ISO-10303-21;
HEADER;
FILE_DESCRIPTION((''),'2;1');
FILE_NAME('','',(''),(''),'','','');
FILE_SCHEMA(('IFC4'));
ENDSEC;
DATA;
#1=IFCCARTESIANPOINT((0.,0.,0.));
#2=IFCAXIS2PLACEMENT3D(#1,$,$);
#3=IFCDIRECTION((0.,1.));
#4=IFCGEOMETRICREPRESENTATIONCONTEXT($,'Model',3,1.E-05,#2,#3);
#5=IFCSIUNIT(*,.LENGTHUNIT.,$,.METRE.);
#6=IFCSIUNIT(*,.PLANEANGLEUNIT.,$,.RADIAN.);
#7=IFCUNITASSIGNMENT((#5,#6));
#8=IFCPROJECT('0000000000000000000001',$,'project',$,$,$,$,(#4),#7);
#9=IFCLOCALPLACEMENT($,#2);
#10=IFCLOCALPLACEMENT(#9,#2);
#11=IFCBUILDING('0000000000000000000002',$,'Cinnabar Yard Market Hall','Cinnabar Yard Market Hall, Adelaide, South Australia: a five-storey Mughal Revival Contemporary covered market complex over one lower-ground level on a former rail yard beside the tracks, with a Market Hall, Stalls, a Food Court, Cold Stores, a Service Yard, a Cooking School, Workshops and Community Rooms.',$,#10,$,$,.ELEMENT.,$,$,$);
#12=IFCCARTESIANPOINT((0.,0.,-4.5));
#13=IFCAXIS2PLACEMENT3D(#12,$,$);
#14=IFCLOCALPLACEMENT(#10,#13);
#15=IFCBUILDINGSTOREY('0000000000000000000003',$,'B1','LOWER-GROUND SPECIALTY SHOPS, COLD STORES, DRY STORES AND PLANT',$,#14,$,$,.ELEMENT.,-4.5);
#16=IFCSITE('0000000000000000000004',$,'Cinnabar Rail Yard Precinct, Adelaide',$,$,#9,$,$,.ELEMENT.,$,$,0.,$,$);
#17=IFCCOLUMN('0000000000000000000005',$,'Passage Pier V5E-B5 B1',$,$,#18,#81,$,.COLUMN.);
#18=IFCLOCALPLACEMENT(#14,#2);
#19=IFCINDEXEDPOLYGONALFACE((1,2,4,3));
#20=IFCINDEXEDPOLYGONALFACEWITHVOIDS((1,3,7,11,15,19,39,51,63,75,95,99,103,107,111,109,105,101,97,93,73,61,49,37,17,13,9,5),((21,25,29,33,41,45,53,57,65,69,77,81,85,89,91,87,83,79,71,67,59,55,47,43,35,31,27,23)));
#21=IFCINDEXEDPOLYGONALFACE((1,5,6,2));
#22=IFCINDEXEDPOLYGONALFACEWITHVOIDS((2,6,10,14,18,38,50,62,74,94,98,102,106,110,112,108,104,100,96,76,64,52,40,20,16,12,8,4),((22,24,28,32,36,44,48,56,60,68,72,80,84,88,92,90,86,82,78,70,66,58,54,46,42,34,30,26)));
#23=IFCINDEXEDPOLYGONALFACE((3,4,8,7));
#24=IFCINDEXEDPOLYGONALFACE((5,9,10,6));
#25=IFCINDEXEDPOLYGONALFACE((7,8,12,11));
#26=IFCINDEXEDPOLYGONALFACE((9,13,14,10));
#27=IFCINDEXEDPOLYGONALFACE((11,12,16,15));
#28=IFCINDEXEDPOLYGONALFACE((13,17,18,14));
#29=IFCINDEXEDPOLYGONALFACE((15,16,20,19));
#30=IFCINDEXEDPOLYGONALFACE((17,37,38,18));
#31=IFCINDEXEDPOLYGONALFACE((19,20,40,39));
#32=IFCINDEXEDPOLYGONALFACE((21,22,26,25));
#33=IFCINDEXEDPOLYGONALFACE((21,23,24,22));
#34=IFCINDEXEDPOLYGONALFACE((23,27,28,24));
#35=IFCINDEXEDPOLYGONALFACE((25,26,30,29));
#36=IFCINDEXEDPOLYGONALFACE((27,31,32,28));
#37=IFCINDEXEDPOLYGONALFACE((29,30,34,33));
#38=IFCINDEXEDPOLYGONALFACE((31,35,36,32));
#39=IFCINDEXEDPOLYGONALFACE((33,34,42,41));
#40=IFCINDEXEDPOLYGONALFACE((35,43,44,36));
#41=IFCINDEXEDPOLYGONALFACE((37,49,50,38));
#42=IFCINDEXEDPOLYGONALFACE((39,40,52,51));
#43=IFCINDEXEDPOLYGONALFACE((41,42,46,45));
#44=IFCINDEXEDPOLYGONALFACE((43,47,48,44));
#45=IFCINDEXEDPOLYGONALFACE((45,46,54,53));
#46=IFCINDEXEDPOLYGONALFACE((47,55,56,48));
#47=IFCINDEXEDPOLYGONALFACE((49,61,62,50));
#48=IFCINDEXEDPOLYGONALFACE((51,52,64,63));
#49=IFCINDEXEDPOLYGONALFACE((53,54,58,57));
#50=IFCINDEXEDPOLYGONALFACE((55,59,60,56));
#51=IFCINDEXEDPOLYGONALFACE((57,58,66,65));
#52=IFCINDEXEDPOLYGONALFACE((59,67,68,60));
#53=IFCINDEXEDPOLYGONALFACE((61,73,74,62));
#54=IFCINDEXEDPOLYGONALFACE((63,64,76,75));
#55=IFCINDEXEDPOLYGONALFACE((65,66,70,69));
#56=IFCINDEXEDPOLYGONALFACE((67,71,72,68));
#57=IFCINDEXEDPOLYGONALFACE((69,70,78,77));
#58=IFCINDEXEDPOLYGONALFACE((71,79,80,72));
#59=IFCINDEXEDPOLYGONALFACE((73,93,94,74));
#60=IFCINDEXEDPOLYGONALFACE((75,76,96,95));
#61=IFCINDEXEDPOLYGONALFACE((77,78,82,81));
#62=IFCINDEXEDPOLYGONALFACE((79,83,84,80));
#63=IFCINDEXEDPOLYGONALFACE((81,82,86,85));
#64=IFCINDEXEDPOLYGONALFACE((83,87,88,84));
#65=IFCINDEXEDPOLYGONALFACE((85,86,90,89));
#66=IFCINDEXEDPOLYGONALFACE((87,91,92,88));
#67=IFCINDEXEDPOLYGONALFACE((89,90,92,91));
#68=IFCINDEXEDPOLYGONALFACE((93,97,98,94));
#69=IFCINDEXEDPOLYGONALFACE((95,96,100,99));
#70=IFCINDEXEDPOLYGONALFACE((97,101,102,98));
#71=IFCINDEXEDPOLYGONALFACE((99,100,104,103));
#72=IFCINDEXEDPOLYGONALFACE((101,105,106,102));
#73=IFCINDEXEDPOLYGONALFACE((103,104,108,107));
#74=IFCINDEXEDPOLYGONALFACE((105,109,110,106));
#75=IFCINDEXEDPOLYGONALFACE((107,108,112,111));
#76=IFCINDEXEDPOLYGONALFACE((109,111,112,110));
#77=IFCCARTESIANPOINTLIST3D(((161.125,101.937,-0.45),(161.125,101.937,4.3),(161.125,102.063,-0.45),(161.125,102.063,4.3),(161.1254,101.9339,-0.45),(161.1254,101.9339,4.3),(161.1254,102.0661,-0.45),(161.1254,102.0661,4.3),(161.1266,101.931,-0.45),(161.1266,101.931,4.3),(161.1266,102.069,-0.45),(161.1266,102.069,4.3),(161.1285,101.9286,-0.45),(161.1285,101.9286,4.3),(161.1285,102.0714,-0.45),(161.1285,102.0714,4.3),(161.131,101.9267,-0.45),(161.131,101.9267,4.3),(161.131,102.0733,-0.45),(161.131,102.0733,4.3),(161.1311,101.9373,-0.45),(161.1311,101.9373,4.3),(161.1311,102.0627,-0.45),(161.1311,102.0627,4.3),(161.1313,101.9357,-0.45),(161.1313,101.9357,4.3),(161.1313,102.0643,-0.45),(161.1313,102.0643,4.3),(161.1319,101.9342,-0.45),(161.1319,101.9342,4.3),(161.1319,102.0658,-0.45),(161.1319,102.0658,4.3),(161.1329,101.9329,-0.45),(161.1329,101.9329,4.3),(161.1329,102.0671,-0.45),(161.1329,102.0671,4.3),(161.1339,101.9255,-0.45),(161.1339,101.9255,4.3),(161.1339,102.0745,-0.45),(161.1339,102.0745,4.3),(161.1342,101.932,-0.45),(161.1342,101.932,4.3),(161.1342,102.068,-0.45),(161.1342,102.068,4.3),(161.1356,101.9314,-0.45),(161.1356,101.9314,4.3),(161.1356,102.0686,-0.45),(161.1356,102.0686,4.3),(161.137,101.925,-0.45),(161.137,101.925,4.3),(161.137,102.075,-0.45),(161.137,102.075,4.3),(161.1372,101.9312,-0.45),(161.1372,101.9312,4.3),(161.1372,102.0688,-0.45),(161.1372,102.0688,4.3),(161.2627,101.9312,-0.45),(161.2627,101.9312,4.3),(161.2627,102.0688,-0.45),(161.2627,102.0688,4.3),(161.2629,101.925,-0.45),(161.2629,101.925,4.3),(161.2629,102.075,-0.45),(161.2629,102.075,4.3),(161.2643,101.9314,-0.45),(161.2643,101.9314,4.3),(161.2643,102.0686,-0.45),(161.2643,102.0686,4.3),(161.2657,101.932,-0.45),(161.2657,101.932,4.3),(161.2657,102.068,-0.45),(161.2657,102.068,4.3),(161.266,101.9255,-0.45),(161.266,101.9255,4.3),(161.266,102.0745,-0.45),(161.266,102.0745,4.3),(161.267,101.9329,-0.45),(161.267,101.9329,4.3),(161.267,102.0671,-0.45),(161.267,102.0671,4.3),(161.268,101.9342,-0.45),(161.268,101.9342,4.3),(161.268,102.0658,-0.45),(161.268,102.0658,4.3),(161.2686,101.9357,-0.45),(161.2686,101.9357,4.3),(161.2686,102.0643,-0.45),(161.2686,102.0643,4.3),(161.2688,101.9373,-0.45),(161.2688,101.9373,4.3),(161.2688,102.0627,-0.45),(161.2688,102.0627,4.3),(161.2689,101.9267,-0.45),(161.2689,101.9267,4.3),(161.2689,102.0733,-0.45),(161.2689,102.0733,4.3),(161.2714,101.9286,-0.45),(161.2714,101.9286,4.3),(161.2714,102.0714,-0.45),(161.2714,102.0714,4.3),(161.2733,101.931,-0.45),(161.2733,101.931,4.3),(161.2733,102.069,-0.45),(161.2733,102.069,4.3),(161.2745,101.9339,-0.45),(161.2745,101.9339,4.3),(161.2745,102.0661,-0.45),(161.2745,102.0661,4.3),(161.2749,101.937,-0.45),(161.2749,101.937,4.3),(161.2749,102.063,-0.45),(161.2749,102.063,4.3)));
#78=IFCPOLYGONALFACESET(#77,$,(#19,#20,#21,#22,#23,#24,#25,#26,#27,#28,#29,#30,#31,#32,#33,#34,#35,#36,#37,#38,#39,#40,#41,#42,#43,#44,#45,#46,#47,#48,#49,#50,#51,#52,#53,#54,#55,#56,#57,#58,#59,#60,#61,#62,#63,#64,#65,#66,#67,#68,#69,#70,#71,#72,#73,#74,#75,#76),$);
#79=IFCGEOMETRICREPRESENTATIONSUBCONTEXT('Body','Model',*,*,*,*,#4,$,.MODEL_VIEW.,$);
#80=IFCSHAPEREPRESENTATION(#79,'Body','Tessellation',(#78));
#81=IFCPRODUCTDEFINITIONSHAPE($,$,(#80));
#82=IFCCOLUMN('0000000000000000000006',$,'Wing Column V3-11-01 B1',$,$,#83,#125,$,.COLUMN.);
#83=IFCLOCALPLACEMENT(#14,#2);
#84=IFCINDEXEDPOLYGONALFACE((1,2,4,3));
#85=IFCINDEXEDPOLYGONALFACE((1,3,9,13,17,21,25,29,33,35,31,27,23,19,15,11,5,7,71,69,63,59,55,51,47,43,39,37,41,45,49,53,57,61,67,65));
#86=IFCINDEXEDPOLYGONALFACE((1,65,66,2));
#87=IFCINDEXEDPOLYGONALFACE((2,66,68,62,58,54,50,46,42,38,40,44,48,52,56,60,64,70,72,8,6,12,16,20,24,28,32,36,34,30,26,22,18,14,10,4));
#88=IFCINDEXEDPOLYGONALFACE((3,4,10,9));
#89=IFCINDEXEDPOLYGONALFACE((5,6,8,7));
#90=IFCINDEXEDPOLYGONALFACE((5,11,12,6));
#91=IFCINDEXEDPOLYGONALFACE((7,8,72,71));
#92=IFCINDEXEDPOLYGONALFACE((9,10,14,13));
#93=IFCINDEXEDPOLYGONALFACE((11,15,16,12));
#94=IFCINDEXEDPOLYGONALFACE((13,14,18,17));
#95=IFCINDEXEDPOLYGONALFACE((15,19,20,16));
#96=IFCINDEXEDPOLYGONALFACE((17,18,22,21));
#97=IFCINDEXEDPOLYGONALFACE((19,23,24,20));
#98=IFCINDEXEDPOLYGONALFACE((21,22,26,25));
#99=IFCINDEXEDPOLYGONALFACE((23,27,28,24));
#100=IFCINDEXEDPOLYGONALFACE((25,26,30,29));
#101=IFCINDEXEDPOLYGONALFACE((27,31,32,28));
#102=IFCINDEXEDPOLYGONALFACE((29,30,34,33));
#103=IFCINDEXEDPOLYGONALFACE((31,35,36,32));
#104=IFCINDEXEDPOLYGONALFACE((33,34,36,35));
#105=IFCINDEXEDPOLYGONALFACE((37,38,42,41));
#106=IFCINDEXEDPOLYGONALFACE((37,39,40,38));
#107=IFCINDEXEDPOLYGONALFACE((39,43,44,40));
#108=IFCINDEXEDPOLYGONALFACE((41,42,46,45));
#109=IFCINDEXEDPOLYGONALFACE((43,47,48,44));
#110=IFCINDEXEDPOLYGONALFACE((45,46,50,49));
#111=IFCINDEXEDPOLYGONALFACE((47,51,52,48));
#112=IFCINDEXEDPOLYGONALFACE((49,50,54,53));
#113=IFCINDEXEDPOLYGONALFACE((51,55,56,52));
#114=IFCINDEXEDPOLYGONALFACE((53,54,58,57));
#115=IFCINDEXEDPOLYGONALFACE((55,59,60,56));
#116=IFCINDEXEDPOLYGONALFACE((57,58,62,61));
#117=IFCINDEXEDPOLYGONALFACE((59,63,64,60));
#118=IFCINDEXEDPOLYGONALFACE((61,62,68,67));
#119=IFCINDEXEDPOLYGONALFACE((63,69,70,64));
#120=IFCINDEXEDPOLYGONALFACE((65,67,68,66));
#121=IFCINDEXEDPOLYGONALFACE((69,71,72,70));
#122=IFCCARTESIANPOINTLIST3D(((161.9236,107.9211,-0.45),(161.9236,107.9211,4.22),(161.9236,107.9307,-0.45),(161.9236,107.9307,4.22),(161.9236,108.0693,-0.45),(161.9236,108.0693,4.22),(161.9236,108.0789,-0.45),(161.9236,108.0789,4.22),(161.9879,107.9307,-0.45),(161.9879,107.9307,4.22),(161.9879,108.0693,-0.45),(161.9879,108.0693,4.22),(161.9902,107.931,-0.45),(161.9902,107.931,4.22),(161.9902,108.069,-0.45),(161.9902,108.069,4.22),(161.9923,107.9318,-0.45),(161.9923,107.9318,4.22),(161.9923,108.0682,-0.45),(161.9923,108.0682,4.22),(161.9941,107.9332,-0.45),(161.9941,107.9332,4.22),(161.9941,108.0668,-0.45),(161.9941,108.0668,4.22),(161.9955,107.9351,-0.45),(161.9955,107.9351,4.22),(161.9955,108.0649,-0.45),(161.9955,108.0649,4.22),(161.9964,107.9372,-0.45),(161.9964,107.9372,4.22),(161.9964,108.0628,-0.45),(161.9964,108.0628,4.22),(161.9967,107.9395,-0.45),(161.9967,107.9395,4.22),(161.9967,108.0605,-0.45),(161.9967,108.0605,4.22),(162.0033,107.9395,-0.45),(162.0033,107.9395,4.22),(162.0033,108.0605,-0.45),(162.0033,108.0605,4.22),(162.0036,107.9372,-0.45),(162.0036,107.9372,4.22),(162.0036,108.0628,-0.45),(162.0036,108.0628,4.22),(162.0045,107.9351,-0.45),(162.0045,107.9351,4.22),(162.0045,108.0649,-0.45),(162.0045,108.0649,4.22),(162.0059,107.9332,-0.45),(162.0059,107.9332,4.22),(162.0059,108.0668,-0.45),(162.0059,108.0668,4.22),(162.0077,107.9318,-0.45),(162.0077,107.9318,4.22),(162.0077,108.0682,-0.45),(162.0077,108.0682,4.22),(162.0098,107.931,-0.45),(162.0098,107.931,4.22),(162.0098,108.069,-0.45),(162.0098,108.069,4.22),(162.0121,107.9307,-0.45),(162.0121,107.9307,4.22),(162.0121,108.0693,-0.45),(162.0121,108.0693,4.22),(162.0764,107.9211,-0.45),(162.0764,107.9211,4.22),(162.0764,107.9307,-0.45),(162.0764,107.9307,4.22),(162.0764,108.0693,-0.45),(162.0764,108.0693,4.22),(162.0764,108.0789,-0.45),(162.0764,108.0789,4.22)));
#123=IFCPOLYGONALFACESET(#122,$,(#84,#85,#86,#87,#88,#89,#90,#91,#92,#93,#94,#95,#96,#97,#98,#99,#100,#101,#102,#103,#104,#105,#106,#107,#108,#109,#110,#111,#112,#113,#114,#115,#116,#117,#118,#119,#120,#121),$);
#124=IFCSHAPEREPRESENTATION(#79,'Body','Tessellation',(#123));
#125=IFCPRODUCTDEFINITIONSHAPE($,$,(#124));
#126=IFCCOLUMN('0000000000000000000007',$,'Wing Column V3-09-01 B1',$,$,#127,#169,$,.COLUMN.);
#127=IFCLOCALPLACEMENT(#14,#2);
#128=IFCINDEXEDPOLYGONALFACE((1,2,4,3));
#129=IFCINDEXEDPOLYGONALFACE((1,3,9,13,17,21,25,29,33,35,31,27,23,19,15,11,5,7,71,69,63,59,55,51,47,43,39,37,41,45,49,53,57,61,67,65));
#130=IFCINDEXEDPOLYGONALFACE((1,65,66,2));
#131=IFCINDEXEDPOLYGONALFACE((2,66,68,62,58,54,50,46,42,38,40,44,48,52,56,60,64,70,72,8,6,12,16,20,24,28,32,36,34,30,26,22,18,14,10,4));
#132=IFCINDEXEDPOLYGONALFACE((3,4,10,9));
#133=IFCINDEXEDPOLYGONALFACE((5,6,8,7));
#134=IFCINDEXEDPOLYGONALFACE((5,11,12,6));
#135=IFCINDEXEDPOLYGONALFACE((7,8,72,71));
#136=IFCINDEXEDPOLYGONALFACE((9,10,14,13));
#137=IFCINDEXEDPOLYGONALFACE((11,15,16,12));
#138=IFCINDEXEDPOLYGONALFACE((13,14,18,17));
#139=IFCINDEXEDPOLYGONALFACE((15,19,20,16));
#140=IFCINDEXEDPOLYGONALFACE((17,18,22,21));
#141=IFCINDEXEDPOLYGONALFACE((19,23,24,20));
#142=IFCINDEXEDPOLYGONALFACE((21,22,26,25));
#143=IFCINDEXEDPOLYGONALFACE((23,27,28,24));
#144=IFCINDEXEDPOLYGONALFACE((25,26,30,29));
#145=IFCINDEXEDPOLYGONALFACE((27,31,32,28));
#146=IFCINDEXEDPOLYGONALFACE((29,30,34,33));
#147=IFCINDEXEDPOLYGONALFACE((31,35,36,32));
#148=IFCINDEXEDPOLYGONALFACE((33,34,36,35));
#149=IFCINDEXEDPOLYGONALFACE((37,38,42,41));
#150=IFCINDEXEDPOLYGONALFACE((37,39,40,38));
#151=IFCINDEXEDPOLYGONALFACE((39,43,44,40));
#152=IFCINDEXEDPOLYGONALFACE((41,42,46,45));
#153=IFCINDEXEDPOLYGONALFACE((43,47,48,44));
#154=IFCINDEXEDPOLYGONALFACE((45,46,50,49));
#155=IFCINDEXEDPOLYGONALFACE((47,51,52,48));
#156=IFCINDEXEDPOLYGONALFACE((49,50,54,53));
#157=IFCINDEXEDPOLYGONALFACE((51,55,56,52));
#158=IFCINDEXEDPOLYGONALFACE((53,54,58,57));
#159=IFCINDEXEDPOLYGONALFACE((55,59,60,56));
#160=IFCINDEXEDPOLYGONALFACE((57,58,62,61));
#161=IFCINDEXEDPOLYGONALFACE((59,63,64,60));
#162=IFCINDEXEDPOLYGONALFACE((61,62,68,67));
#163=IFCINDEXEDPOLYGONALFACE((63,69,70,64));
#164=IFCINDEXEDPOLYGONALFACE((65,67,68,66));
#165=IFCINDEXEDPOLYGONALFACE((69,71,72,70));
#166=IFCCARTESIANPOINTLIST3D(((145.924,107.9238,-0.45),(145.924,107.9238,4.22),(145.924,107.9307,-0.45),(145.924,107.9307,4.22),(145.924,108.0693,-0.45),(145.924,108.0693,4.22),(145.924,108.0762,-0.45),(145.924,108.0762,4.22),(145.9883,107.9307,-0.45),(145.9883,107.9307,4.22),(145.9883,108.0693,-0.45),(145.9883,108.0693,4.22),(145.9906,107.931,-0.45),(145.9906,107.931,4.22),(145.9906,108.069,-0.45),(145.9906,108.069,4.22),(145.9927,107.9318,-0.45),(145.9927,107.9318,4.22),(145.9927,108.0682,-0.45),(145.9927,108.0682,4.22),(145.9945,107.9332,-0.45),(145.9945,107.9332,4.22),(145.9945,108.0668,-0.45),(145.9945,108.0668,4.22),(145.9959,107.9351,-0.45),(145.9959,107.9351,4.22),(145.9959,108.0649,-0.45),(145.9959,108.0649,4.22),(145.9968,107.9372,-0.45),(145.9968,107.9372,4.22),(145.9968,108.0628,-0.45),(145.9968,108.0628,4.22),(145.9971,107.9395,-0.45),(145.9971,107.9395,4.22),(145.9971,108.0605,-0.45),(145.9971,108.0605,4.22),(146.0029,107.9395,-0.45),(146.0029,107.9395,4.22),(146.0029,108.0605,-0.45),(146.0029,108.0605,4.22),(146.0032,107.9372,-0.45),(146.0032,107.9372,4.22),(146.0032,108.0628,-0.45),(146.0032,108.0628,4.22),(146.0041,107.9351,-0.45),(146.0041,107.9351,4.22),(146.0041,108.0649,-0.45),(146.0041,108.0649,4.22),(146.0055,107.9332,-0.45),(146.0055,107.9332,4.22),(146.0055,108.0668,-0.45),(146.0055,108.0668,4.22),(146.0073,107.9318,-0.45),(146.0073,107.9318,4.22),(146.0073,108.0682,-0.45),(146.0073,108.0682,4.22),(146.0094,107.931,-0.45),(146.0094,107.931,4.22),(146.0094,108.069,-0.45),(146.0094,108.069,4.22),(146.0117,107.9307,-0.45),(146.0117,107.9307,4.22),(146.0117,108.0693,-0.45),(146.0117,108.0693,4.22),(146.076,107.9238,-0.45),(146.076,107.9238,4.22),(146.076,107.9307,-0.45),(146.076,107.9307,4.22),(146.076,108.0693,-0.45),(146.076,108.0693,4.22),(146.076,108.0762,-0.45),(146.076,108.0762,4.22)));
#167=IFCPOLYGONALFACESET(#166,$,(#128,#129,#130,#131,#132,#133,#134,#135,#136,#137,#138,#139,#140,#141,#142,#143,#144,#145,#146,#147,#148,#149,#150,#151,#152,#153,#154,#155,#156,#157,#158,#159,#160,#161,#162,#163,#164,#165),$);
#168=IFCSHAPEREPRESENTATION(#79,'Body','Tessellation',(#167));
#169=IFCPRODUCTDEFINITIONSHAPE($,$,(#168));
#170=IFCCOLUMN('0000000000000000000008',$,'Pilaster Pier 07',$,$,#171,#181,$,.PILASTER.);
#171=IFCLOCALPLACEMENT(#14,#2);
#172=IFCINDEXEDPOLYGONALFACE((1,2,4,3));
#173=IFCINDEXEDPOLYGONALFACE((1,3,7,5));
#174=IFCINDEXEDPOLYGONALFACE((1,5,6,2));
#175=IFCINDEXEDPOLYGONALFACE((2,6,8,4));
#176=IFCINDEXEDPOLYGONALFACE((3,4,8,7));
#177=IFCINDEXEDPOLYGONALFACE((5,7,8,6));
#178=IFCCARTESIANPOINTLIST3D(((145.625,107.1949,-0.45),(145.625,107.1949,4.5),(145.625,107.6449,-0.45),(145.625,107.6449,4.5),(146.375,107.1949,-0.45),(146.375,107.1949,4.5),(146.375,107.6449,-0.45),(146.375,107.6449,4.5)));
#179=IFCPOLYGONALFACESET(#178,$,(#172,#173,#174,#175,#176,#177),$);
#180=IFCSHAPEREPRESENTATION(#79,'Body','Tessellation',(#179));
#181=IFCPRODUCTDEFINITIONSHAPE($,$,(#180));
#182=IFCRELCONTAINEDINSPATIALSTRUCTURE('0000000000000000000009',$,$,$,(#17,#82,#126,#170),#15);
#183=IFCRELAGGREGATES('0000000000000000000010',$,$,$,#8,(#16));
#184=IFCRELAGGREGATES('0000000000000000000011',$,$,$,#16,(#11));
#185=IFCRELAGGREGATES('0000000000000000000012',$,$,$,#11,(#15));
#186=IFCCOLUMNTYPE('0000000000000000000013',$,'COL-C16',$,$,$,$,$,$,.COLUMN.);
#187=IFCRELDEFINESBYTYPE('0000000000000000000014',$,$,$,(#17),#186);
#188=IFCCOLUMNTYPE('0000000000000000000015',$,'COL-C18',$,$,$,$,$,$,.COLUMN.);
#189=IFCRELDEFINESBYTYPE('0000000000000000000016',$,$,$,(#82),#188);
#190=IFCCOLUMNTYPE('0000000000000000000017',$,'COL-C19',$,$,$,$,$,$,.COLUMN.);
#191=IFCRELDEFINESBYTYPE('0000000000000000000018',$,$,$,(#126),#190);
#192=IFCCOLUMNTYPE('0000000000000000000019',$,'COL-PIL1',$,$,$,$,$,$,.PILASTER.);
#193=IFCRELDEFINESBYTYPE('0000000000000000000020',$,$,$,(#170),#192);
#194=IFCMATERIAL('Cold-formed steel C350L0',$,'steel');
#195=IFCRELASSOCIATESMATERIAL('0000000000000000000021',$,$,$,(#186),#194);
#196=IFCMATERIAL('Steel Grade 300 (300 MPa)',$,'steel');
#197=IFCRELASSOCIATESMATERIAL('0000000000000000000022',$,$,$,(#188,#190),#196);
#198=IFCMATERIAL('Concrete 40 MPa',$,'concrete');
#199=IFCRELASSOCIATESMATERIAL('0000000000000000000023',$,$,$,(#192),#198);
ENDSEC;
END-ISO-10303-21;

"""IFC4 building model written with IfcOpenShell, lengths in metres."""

from ifc_helpers import new_model, si_unit, direction, frame, origin, origin_2d_with_axis, place, context, subcontext, project, spatial, rectangle, hollow_rectangle, i_section, extrude, material, material_profile, profile_set, type_object, element, save


model = new_model("IFC4")

# Units and contexts
model_context = context("Model", 3, precision=1e-05, world=origin(), true_north=direction((0.0, 1.0)))
body_context = subcontext(model_context, "Body", "Model", "MODEL_VIEW")
ifc_project = project(units=[si_unit("LENGTHUNIT", "METRE"), si_unit("PLANEANGLEUNIT", "RADIAN")], contexts=[model_context])

# Site, building, storey
site_placement = place(None, origin())
site = spatial("IfcSite", under=ifc_project, at=site_placement, Name="Cinnabar Rail Yard Precinct, Adelaide", CompositionType="ELEMENT", RefElevation=0.0)
building_placement = place(site_placement, origin())
building = spatial("IfcBuilding", under=site, at=building_placement, Name="Cinnabar Yard Market Hall", Description="Cinnabar Yard Market Hall, Adelaide, South Australia: a five-storey Mughal Revival Contemporary covered market complex over one lower-ground level on a former rail yard beside the tracks, with a Market Hall, Stalls, a Food Court, Cold Stores, a Service Yard, a Cooking School, Workshops and Community Rooms.", CompositionType="ELEMENT")
storey_placement = place(building_placement, frame((0.0, 0.0, -4.5)))
storey = spatial("IfcBuildingStorey", under=building, at=storey_placement, Name="B1", Description="LOWER-GROUND SPECIALTY SHOPS, COLD STORES, DRY STORES AND PLANT", CompositionType="ELEMENT", Elevation=-4.5)

# Shared definitions
ifc_material_1 = material(Name="Concrete 40 MPa", Category="concrete")

# Columns
ifc_material_2 = material(Name="Cold-formed steel C350L0", Category="steel")
ifc_material_profile_1 = material_profile(ifc_material_2, hollow_rectangle(XDim=0.1499, YDim=0.1499, WallThickness=0.0061, InnerFilletRadius=0.0061, OuterFilletRadius=0.012, at=origin_2d_with_axis()), Name="150x150x6.0SHS")
ifc_profile_set_1 = profile_set([ifc_material_profile_1], Name="Cold-formed steel C350L0")
column_type_1 = type_object("IfcColumnType", Name="COL-C16", PredefinedType="COLUMN", material=ifc_profile_set_1)
for number, where, z_axis, x_axis, name in (
    (1, (161.2, 102.0, -0.45), (0.0, 0.0, 1.0), (1.0, 0.0, 0.0), "Passage Pier V5E-B5 B1"),
):
    element("IfcColumn", number, at=place(storey_placement, frame(where, z_axis=z_axis, x_axis=x_axis)), inside=storey, type_object=column_type_1, Name=name, PredefinedType="COLUMN", context=body_context, shape_type="SweptSolid", body=[
        extrude(hollow_rectangle(XDim=0.1499, YDim=0.1499, WallThickness=0.0061, InnerFilletRadius=0.0061, OuterFilletRadius=0.012, at=origin_2d_with_axis()), origin(), (0.0, 0.0, 1.0), 4.75),
    ])
ifc_material_3 = material(Name="Steel Grade 300 (300 MPa)", Category="steel")
ifc_material_profile_2 = material_profile(ifc_material_3, i_section(OverallWidth=0.1528, OverallDepth=0.1577, WebThickness=0.0066, FlangeThickness=0.0095, FilletRadius=0.0088, at=origin_2d_with_axis()), Name="150UC30.0")
ifc_profile_set_2 = profile_set([ifc_material_profile_2], Name="Steel Grade 300 (300 MPa)")
column_type_2 = type_object("IfcColumnType", Name="COL-C18", PredefinedType="COLUMN", material=ifc_profile_set_2)
column_1_placement = place(storey_placement, frame((162.0, 108.0, -0.45), z_axis=(0.0, 0.0, 1.0), x_axis=(1.0, 0.0, 0.0)))
element("IfcColumn", 2, at=column_1_placement, inside=storey, type_object=column_type_2, Name="Wing Column V3-11-01 B1", PredefinedType="COLUMN", context=body_context, shape_type="SweptSolid", body=[
    extrude(i_section(OverallWidth=0.1528, OverallDepth=0.1577, WebThickness=0.0066, FlangeThickness=0.0095, FilletRadius=0.0088, at=origin_2d_with_axis()), origin(), (0.0, 0.0, 1.0), 4.6699),
])
ifc_material_profile_3 = material_profile(ifc_material_3, i_section(OverallWidth=0.1521, OverallDepth=0.1523, WebThickness=0.0059, FlangeThickness=0.0068, FilletRadius=0.0088, at=origin_2d_with_axis()), Name="150UC23.4")
ifc_profile_set_3 = profile_set([ifc_material_profile_3], Name="Steel Grade 300 (300 MPa)")
column_type_3 = type_object("IfcColumnType", Name="COL-C19", PredefinedType="COLUMN", material=ifc_profile_set_3)
column_2_placement = place(storey_placement, frame((146.0, 108.0, -0.45), z_axis=(0.0, 0.0, 1.0), x_axis=(1.0, 0.0, 0.0)))
element("IfcColumn", 3, at=column_2_placement, inside=storey, type_object=column_type_3, Name="Wing Column V3-09-01 B1", PredefinedType="COLUMN", context=body_context, shape_type="SweptSolid", body=[
    extrude(i_section(OverallWidth=0.1521, OverallDepth=0.1523, WebThickness=0.0059, FlangeThickness=0.0068, FilletRadius=0.0088, at=origin_2d_with_axis()), origin(), (0.0, 0.0, 1.0), 4.6699),
])
ifc_material_profile_4 = material_profile(ifc_material_1, rectangle(XDim=0.75, YDim=0.45, at=origin_2d_with_axis()), Name="RC-750x450")
ifc_profile_set_4 = profile_set([ifc_material_profile_4], Name="Concrete 40 MPa")
column_type_4 = type_object("IfcColumnType", Name="COL-PIL1", PredefinedType="PILASTER", material=ifc_profile_set_4)
column_3_placement = place(storey_placement, frame((146.0, 107.4199, -0.45), z_axis=(0.0, 0.0, 1.0), x_axis=(1.0, 0.0, 0.0)))
element("IfcColumn", 4, at=column_3_placement, inside=storey, type_object=column_type_4, Name="Pilaster Pier 07", PredefinedType="PILASTER", context=body_context, shape_type="SweptSolid", body=[
    extrude(rectangle(XDim=0.75, YDim=0.45, at=origin_2d_with_axis()), origin(), (0.0, 0.0, 1.0), 4.95),
])

save(model, "model.ifc")
